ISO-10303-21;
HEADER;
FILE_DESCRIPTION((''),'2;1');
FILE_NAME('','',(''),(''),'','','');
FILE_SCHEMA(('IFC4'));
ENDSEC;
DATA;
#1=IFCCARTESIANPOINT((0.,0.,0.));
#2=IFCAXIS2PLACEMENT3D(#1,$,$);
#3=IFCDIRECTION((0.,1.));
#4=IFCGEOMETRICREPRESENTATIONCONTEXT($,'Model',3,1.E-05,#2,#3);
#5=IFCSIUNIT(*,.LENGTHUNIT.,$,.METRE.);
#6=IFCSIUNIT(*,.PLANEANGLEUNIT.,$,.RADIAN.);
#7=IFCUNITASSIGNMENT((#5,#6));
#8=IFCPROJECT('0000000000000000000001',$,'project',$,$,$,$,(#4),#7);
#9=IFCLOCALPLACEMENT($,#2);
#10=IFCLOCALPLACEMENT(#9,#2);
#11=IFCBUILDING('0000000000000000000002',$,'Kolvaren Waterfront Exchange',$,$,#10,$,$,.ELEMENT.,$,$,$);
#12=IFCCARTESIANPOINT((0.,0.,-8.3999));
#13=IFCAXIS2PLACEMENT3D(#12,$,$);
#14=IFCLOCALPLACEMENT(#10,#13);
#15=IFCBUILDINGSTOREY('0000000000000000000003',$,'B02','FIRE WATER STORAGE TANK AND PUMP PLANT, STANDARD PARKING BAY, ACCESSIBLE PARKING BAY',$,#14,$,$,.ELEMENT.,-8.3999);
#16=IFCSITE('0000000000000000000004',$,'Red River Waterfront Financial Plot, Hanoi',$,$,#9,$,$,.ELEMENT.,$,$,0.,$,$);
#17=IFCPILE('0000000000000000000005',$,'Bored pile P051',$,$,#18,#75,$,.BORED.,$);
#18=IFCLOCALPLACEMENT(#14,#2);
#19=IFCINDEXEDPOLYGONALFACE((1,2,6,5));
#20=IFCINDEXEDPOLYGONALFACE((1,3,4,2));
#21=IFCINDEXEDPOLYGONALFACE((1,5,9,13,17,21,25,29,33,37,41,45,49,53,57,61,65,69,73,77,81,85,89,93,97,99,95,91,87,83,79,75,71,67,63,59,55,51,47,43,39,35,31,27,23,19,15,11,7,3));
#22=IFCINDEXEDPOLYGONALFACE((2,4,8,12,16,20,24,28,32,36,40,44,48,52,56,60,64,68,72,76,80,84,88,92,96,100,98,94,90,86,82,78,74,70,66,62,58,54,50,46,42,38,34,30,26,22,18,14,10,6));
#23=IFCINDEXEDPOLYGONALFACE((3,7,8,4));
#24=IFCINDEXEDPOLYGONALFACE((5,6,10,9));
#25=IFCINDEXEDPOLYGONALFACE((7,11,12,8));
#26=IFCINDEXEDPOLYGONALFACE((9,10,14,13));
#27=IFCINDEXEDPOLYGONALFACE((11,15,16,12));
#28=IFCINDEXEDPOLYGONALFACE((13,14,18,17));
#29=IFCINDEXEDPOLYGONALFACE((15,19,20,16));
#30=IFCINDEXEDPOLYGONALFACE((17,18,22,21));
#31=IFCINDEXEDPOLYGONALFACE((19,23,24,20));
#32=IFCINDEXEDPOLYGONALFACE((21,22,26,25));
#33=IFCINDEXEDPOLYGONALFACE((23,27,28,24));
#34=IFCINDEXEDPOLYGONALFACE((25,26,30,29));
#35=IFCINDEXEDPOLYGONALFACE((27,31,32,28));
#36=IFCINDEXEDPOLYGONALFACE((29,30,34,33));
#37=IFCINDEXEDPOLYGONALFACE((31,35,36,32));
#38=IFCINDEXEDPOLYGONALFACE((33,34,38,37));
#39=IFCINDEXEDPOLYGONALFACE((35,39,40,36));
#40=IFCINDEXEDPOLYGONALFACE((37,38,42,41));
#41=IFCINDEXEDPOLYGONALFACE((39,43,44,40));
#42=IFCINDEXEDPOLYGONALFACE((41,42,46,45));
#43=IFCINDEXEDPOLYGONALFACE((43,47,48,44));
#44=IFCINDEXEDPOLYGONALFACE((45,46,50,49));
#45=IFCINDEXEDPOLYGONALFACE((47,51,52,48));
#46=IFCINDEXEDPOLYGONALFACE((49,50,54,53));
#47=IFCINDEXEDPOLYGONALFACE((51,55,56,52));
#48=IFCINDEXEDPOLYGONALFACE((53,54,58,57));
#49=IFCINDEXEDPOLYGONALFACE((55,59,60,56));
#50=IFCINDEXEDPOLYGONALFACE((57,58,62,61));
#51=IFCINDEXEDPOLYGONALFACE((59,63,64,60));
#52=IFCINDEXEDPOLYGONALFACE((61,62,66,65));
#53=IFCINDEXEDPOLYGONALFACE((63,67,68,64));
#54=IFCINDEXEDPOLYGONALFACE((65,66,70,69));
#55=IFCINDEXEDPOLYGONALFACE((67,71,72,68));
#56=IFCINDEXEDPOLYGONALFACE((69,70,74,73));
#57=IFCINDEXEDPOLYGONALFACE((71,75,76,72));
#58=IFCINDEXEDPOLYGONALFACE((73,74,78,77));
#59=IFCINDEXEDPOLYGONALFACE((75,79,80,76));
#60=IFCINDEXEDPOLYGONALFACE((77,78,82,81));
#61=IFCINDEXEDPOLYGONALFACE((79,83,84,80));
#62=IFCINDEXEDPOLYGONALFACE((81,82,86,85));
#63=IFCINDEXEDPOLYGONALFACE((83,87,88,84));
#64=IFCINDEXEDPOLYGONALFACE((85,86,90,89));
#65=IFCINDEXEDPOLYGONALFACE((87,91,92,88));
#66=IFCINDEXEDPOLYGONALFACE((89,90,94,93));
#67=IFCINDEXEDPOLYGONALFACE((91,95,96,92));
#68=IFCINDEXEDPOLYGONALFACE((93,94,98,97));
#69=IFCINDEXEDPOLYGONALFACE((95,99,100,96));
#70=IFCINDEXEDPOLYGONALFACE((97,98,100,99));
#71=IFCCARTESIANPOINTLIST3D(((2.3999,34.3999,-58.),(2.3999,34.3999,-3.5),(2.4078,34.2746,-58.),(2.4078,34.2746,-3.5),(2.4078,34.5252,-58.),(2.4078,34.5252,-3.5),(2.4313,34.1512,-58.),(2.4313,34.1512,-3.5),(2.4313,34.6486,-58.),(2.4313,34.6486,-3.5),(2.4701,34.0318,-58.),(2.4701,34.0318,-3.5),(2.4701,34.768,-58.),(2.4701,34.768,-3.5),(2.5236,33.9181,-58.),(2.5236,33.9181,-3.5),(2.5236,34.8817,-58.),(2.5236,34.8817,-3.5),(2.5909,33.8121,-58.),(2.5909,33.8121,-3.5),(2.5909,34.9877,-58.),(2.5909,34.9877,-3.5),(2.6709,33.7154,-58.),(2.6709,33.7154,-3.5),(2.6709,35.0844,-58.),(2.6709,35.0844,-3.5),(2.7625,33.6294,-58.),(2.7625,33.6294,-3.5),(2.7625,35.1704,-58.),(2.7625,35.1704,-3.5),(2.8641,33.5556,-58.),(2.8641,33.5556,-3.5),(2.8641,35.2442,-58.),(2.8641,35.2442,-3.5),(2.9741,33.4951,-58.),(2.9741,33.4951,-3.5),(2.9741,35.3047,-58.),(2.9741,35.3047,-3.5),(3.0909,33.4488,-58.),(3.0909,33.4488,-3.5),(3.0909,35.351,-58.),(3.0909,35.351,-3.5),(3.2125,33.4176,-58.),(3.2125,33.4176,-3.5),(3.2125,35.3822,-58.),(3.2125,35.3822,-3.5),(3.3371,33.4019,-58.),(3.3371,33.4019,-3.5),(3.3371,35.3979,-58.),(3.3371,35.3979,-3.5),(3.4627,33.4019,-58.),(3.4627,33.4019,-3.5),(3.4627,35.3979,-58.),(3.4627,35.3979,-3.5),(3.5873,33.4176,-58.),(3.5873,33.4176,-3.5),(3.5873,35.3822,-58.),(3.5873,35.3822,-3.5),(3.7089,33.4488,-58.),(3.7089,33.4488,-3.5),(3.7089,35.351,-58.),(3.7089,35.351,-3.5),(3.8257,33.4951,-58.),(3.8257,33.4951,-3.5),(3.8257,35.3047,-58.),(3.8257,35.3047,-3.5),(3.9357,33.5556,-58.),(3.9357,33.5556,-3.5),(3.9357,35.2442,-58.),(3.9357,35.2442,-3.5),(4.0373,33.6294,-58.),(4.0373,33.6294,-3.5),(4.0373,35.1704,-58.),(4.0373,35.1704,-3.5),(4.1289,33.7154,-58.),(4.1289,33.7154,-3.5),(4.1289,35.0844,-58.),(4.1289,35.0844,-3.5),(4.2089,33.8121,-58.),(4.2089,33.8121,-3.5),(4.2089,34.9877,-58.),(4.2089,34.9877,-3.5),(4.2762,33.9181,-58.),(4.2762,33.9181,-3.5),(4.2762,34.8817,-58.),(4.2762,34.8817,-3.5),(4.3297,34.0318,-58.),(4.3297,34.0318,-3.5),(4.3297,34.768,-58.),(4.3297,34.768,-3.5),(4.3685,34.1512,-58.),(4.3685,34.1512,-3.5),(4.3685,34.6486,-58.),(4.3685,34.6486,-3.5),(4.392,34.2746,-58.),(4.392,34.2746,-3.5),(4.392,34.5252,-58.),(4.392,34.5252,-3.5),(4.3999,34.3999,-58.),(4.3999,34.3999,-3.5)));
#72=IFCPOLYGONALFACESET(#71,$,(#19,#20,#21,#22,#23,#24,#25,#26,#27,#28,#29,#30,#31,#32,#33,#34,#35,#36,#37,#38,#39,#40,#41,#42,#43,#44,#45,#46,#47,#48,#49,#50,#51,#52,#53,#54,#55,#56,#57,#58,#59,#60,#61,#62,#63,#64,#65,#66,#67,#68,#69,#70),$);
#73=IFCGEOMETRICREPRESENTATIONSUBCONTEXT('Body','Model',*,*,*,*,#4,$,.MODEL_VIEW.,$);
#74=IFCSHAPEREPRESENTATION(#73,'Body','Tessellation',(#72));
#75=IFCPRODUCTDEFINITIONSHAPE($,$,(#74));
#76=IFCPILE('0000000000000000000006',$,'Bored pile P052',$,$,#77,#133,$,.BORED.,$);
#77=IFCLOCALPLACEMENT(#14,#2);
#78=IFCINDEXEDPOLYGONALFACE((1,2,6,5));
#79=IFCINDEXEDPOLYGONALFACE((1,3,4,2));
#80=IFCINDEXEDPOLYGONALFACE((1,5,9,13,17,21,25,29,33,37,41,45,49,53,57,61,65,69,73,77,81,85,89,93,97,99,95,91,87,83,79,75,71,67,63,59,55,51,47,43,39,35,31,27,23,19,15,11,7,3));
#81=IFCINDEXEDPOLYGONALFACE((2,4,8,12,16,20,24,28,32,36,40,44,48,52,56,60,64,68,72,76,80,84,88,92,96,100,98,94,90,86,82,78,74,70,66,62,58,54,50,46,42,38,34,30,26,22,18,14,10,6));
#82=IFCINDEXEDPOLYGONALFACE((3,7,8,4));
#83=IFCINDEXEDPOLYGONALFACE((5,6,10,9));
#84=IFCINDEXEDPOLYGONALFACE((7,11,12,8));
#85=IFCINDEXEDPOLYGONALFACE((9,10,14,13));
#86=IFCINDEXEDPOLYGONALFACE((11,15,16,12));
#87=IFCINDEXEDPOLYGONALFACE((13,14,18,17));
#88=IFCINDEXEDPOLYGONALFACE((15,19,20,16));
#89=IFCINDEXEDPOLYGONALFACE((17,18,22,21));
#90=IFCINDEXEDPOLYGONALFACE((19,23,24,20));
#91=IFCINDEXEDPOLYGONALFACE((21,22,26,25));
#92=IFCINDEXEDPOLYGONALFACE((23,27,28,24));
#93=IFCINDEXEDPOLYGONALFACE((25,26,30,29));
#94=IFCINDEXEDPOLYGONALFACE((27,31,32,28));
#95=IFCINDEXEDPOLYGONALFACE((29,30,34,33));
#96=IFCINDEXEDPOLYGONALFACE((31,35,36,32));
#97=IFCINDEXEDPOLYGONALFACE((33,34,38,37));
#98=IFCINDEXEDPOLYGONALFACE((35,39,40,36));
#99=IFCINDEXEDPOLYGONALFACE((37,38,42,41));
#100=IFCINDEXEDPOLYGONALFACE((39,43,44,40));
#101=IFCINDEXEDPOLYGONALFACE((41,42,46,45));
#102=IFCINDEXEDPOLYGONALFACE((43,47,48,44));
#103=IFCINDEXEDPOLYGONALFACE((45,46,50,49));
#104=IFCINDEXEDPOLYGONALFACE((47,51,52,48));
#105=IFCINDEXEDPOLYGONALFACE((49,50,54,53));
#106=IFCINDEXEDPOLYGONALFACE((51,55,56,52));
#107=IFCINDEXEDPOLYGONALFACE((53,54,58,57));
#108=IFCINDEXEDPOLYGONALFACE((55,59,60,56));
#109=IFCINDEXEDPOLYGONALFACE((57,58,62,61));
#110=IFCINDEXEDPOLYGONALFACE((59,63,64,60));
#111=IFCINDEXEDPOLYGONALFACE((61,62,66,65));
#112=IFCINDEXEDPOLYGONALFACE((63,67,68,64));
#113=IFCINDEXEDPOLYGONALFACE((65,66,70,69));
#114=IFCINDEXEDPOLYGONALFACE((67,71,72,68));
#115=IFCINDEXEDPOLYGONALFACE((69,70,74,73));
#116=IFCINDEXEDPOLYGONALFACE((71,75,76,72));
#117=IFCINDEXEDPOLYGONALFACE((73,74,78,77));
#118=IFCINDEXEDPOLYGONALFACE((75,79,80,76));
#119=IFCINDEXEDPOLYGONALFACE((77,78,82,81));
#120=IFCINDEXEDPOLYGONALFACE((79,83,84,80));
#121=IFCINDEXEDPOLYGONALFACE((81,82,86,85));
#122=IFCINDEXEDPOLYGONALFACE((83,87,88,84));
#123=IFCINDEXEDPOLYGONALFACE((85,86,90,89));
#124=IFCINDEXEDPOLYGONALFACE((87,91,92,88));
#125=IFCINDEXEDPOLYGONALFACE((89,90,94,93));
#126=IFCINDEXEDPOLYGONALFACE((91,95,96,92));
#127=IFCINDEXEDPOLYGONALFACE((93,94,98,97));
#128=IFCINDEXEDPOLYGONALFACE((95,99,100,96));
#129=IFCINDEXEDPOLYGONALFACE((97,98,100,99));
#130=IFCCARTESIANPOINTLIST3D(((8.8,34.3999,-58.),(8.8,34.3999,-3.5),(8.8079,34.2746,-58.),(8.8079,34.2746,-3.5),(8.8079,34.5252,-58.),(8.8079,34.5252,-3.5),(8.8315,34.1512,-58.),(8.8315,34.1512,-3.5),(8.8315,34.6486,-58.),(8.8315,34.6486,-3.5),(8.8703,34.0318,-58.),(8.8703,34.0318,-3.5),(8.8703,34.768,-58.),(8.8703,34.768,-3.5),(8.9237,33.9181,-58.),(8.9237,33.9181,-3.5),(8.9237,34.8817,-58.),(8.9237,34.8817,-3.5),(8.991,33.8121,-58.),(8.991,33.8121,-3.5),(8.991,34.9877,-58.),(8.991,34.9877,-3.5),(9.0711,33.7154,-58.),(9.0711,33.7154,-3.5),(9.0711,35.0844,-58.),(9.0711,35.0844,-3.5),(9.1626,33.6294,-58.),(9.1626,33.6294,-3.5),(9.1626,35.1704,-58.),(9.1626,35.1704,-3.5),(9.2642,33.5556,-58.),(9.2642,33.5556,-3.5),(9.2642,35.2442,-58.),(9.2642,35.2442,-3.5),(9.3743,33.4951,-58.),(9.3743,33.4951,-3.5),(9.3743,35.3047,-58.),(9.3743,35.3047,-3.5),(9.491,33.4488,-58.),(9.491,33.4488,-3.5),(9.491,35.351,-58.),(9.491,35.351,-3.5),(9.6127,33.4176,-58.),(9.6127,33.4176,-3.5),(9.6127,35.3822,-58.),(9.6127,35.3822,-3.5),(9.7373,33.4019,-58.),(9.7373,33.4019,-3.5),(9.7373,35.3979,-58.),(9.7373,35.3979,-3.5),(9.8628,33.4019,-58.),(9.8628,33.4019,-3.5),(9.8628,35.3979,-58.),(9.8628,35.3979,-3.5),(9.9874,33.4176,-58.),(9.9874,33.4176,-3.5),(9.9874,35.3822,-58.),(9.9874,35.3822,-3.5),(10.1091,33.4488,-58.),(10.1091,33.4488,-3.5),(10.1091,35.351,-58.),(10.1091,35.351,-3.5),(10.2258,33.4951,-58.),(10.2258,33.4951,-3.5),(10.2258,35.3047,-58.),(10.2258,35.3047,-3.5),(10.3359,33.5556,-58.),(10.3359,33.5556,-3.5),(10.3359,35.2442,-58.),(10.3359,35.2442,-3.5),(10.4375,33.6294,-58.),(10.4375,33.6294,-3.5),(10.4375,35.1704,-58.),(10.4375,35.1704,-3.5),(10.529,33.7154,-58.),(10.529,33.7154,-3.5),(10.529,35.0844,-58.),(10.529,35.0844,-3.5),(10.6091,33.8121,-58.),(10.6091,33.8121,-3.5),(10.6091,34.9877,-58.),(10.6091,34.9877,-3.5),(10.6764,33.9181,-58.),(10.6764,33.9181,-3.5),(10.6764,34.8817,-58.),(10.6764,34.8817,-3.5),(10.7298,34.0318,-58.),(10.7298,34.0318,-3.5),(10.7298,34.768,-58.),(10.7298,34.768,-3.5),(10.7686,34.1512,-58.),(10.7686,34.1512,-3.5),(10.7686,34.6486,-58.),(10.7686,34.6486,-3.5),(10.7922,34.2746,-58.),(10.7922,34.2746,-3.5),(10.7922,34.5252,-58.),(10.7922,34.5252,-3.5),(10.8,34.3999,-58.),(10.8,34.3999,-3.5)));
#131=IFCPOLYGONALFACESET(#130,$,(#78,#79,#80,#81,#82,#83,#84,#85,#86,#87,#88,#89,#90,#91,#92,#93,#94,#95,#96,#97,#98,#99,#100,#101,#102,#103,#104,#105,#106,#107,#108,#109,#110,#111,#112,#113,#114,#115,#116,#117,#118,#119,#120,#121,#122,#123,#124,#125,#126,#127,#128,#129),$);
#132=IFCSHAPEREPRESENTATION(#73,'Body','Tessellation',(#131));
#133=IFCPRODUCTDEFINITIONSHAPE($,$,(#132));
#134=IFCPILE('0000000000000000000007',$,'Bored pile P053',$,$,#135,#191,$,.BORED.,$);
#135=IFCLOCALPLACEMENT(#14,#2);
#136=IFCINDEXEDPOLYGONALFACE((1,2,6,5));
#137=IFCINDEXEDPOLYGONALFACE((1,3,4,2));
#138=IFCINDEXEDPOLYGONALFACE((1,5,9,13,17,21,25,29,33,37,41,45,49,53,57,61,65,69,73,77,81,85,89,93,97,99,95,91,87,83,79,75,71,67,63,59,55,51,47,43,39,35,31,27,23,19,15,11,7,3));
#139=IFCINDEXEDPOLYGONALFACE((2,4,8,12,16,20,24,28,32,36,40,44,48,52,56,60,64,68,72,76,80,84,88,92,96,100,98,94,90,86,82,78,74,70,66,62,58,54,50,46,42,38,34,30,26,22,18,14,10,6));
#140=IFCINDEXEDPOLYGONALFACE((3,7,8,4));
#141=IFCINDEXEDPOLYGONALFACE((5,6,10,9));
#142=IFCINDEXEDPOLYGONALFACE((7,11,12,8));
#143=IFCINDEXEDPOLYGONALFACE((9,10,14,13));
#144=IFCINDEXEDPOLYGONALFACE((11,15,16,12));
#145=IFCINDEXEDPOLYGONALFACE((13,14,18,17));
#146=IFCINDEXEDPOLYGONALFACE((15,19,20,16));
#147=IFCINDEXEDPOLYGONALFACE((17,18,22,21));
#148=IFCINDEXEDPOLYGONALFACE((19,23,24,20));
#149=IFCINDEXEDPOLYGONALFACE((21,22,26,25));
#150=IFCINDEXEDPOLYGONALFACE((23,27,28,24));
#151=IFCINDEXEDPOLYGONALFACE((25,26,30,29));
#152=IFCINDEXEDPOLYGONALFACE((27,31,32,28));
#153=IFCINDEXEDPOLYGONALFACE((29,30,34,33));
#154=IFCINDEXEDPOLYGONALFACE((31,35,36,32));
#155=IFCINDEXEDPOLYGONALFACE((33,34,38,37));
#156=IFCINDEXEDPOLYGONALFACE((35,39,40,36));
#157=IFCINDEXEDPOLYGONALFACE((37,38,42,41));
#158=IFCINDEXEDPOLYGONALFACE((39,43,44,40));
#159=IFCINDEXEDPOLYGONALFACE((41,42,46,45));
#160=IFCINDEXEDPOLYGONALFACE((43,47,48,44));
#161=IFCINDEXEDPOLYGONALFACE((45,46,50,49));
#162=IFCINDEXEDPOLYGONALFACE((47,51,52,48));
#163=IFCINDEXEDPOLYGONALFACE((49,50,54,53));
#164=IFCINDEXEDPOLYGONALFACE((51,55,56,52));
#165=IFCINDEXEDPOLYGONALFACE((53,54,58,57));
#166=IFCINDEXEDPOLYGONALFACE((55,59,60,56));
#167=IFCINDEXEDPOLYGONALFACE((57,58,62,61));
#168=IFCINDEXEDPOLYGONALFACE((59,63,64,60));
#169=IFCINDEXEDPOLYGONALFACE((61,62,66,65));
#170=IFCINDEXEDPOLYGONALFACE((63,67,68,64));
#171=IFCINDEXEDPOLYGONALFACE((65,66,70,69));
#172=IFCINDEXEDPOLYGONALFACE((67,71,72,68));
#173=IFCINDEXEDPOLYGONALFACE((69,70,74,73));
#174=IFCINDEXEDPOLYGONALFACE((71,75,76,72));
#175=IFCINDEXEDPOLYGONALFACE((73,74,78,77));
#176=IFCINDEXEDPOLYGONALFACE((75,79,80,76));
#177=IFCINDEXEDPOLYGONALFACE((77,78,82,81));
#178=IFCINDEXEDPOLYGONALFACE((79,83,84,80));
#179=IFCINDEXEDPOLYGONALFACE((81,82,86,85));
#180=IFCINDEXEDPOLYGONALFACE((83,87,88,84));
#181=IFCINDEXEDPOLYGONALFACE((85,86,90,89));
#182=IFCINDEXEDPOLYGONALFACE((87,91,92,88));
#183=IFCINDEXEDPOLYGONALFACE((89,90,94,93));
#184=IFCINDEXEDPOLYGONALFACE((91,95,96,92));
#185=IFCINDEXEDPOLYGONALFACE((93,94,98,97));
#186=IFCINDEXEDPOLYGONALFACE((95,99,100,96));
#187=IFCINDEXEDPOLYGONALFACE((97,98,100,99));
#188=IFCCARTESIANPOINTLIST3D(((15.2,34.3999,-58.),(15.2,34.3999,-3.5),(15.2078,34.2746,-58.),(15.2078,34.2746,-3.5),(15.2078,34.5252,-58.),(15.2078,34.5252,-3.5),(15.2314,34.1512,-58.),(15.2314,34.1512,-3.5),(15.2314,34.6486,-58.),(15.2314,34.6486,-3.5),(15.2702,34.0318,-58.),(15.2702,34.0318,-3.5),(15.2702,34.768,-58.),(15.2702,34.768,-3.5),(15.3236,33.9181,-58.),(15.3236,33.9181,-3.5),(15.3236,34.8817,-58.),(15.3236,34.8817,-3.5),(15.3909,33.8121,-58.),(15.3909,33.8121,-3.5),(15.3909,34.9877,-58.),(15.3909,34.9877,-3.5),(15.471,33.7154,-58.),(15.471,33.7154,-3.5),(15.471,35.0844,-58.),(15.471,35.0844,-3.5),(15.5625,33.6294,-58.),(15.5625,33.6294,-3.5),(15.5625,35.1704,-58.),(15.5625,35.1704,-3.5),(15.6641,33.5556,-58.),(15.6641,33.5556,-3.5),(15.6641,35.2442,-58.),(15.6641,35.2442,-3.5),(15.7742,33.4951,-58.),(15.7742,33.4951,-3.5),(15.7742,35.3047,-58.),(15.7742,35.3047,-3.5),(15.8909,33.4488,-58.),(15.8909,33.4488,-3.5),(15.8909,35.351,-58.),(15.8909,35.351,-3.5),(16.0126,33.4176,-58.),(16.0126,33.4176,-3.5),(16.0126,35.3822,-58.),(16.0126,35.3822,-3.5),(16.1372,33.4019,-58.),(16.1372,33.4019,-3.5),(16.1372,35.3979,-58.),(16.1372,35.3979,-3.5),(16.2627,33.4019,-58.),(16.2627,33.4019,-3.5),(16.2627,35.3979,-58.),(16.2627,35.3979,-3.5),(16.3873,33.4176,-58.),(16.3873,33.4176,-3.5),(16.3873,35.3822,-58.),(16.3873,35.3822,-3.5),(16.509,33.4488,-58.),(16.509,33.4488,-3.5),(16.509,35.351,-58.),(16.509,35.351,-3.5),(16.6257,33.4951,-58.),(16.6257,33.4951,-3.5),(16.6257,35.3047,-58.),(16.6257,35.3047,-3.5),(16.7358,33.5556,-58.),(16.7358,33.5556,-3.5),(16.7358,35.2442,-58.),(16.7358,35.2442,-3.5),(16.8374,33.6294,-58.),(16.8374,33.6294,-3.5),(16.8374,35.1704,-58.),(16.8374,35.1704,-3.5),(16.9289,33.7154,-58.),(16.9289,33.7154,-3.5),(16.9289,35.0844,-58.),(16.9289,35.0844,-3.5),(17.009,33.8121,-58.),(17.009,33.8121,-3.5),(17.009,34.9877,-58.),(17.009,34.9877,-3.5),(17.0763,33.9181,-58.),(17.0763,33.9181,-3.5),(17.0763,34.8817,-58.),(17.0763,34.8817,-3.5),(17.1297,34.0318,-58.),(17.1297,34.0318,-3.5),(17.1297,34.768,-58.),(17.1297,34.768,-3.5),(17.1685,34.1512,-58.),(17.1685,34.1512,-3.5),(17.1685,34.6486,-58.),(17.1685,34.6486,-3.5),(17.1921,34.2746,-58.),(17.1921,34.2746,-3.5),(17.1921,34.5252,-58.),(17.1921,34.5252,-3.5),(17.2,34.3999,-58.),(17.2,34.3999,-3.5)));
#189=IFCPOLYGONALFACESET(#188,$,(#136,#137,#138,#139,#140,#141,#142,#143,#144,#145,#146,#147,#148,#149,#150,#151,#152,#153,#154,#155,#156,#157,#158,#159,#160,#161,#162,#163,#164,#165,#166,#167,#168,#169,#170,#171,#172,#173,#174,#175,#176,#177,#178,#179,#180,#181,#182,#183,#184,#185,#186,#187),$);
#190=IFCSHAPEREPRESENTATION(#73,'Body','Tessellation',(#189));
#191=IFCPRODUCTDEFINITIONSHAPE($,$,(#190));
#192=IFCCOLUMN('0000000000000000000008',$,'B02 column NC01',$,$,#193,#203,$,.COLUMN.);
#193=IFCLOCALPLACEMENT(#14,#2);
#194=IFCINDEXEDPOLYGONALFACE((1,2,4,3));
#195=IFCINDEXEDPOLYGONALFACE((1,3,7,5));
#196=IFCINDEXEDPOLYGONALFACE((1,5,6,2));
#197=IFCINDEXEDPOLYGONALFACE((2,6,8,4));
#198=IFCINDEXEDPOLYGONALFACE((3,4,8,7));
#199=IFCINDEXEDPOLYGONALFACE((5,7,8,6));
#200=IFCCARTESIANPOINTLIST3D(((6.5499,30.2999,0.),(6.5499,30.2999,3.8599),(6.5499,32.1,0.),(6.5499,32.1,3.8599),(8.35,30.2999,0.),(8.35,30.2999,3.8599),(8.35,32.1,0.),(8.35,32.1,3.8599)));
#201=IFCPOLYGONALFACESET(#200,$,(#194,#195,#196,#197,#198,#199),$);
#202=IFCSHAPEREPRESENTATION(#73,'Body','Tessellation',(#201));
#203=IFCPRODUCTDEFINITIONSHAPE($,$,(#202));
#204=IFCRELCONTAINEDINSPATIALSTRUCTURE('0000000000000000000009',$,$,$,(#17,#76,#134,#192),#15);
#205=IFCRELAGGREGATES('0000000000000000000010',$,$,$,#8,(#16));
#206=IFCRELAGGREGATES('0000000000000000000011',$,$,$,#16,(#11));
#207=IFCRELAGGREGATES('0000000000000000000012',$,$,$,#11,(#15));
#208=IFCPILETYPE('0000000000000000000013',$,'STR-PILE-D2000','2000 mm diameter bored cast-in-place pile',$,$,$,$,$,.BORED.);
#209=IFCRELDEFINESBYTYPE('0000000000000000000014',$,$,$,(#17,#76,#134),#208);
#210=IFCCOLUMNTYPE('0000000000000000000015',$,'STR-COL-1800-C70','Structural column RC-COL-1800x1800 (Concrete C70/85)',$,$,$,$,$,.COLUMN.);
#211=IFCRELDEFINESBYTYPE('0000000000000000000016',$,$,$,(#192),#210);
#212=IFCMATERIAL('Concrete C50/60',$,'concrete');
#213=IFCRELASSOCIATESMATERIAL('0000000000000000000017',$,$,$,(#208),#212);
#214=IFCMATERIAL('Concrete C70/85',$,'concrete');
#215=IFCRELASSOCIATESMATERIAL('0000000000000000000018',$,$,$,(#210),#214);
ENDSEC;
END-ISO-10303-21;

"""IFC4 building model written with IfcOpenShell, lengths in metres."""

from ifc_helpers import new_model, si_unit, direction, frame, origin, origin_2d, place, context, subcontext, project, spatial, rectangle, circle, extrude, material, material_profile, profile_set, type_object, element, save


model = new_model("IFC4")

# Units and contexts
model_context = context("Model", 3, precision=1e-05, world=origin(), true_north=direction((0.0, 1.0)))
body_context = subcontext(model_context, "Body", "Model", "MODEL_VIEW")
ifc_project = project(units=[si_unit("LENGTHUNIT", "METRE"), si_unit("PLANEANGLEUNIT", "RADIAN")], contexts=[model_context])

# Site, building, storey
site_placement = place(None, origin())
site = spatial("IfcSite", under=ifc_project, at=site_placement, Name="Red River Waterfront Financial Plot, Hanoi", CompositionType="ELEMENT", RefElevation=0.0)
building_placement = place(site_placement, origin())
building = spatial("IfcBuilding", under=site, at=building_placement, Name="Kolvaren Waterfront Exchange", CompositionType="ELEMENT")
storey_placement = place(building_placement, frame((0.0, 0.0, -8.3999)))
storey = spatial("IfcBuildingStorey", under=building, at=storey_placement, Name="B02", Description="FIRE WATER STORAGE TANK AND PUMP PLANT, STANDARD PARKING BAY, ACCESSIBLE PARKING BAY", CompositionType="ELEMENT", Elevation=-8.3999)

# Piles
ifc_material_1 = material(Name="Concrete C50/60", Category="concrete")
ifc_material_profile_1 = material_profile(ifc_material_1, circle(Radius=1.0, at=origin_2d()), Name="RC-PILE-D2000")
ifc_profile_set_1 = profile_set([ifc_material_profile_1], Name="Concrete C50/60")
pile_type = type_object("IfcPileType", Name="STR-PILE-D2000", Description="2000 mm diameter bored cast-in-place pile", PredefinedType="BORED", material=ifc_profile_set_1)
for number, where, z_axis, x_axis, name in (
    (1, (3.3999, 34.3999, -3.5), (0.0, 0.0, -1.0), (1.0, 0.0, 0.0), "Bored pile P051"),
    (2, (9.8, 34.3999, -3.5), (0.0, 0.0, -1.0), (1.0, 0.0, 0.0), "Bored pile P052"),
    (3, (16.2, 34.3999, -3.5), (0.0, 0.0, -1.0), (1.0, 0.0, 0.0), "Bored pile P053"),
):
    element("IfcPile", number, at=place(storey_placement, frame(where, z_axis=z_axis, x_axis=x_axis)), inside=storey, type_object=pile_type, Name=name, PredefinedType="BORED", context=body_context, shape_type="SweptSolid", body=[
        extrude(circle(Radius=1.0, at=origin_2d()), origin(), (0.0, 0.0, 1.0), 54.5),
    ])

# Column
ifc_material_2 = material(Name="Concrete C70/85", Category="concrete")
ifc_material_profile_2 = material_profile(ifc_material_2, rectangle(XDim=1.8, YDim=1.8, at=origin_2d()), Name="RC-COL-1800x1800")
ifc_profile_set_2 = profile_set([ifc_material_profile_2], Name="Concrete C70/85")
column_type = type_object("IfcColumnType", Name="STR-COL-1800-C70", Description="Structural column RC-COL-1800x1800 (Concrete C70/85)", PredefinedType="COLUMN", material=ifc_profile_set_2)
for number, where, z_axis, x_axis, name in (
    (4, (7.45, 31.2, 0.0), (0.0, 0.0, 1.0), (1.0, 0.0, 0.0), "B02 column NC01"),
):
    element("IfcColumn", number, at=place(storey_placement, frame(where, z_axis=z_axis, x_axis=x_axis)), inside=storey, type_object=column_type, Name=name, PredefinedType="COLUMN", context=body_context, shape_type="SweptSolid", body=[
        extrude(rectangle(XDim=1.8, YDim=1.8, at=origin_2d()), origin(), (0.0, 0.0, 1.0), 3.8599),
    ])

save(model, "model.ifc")
